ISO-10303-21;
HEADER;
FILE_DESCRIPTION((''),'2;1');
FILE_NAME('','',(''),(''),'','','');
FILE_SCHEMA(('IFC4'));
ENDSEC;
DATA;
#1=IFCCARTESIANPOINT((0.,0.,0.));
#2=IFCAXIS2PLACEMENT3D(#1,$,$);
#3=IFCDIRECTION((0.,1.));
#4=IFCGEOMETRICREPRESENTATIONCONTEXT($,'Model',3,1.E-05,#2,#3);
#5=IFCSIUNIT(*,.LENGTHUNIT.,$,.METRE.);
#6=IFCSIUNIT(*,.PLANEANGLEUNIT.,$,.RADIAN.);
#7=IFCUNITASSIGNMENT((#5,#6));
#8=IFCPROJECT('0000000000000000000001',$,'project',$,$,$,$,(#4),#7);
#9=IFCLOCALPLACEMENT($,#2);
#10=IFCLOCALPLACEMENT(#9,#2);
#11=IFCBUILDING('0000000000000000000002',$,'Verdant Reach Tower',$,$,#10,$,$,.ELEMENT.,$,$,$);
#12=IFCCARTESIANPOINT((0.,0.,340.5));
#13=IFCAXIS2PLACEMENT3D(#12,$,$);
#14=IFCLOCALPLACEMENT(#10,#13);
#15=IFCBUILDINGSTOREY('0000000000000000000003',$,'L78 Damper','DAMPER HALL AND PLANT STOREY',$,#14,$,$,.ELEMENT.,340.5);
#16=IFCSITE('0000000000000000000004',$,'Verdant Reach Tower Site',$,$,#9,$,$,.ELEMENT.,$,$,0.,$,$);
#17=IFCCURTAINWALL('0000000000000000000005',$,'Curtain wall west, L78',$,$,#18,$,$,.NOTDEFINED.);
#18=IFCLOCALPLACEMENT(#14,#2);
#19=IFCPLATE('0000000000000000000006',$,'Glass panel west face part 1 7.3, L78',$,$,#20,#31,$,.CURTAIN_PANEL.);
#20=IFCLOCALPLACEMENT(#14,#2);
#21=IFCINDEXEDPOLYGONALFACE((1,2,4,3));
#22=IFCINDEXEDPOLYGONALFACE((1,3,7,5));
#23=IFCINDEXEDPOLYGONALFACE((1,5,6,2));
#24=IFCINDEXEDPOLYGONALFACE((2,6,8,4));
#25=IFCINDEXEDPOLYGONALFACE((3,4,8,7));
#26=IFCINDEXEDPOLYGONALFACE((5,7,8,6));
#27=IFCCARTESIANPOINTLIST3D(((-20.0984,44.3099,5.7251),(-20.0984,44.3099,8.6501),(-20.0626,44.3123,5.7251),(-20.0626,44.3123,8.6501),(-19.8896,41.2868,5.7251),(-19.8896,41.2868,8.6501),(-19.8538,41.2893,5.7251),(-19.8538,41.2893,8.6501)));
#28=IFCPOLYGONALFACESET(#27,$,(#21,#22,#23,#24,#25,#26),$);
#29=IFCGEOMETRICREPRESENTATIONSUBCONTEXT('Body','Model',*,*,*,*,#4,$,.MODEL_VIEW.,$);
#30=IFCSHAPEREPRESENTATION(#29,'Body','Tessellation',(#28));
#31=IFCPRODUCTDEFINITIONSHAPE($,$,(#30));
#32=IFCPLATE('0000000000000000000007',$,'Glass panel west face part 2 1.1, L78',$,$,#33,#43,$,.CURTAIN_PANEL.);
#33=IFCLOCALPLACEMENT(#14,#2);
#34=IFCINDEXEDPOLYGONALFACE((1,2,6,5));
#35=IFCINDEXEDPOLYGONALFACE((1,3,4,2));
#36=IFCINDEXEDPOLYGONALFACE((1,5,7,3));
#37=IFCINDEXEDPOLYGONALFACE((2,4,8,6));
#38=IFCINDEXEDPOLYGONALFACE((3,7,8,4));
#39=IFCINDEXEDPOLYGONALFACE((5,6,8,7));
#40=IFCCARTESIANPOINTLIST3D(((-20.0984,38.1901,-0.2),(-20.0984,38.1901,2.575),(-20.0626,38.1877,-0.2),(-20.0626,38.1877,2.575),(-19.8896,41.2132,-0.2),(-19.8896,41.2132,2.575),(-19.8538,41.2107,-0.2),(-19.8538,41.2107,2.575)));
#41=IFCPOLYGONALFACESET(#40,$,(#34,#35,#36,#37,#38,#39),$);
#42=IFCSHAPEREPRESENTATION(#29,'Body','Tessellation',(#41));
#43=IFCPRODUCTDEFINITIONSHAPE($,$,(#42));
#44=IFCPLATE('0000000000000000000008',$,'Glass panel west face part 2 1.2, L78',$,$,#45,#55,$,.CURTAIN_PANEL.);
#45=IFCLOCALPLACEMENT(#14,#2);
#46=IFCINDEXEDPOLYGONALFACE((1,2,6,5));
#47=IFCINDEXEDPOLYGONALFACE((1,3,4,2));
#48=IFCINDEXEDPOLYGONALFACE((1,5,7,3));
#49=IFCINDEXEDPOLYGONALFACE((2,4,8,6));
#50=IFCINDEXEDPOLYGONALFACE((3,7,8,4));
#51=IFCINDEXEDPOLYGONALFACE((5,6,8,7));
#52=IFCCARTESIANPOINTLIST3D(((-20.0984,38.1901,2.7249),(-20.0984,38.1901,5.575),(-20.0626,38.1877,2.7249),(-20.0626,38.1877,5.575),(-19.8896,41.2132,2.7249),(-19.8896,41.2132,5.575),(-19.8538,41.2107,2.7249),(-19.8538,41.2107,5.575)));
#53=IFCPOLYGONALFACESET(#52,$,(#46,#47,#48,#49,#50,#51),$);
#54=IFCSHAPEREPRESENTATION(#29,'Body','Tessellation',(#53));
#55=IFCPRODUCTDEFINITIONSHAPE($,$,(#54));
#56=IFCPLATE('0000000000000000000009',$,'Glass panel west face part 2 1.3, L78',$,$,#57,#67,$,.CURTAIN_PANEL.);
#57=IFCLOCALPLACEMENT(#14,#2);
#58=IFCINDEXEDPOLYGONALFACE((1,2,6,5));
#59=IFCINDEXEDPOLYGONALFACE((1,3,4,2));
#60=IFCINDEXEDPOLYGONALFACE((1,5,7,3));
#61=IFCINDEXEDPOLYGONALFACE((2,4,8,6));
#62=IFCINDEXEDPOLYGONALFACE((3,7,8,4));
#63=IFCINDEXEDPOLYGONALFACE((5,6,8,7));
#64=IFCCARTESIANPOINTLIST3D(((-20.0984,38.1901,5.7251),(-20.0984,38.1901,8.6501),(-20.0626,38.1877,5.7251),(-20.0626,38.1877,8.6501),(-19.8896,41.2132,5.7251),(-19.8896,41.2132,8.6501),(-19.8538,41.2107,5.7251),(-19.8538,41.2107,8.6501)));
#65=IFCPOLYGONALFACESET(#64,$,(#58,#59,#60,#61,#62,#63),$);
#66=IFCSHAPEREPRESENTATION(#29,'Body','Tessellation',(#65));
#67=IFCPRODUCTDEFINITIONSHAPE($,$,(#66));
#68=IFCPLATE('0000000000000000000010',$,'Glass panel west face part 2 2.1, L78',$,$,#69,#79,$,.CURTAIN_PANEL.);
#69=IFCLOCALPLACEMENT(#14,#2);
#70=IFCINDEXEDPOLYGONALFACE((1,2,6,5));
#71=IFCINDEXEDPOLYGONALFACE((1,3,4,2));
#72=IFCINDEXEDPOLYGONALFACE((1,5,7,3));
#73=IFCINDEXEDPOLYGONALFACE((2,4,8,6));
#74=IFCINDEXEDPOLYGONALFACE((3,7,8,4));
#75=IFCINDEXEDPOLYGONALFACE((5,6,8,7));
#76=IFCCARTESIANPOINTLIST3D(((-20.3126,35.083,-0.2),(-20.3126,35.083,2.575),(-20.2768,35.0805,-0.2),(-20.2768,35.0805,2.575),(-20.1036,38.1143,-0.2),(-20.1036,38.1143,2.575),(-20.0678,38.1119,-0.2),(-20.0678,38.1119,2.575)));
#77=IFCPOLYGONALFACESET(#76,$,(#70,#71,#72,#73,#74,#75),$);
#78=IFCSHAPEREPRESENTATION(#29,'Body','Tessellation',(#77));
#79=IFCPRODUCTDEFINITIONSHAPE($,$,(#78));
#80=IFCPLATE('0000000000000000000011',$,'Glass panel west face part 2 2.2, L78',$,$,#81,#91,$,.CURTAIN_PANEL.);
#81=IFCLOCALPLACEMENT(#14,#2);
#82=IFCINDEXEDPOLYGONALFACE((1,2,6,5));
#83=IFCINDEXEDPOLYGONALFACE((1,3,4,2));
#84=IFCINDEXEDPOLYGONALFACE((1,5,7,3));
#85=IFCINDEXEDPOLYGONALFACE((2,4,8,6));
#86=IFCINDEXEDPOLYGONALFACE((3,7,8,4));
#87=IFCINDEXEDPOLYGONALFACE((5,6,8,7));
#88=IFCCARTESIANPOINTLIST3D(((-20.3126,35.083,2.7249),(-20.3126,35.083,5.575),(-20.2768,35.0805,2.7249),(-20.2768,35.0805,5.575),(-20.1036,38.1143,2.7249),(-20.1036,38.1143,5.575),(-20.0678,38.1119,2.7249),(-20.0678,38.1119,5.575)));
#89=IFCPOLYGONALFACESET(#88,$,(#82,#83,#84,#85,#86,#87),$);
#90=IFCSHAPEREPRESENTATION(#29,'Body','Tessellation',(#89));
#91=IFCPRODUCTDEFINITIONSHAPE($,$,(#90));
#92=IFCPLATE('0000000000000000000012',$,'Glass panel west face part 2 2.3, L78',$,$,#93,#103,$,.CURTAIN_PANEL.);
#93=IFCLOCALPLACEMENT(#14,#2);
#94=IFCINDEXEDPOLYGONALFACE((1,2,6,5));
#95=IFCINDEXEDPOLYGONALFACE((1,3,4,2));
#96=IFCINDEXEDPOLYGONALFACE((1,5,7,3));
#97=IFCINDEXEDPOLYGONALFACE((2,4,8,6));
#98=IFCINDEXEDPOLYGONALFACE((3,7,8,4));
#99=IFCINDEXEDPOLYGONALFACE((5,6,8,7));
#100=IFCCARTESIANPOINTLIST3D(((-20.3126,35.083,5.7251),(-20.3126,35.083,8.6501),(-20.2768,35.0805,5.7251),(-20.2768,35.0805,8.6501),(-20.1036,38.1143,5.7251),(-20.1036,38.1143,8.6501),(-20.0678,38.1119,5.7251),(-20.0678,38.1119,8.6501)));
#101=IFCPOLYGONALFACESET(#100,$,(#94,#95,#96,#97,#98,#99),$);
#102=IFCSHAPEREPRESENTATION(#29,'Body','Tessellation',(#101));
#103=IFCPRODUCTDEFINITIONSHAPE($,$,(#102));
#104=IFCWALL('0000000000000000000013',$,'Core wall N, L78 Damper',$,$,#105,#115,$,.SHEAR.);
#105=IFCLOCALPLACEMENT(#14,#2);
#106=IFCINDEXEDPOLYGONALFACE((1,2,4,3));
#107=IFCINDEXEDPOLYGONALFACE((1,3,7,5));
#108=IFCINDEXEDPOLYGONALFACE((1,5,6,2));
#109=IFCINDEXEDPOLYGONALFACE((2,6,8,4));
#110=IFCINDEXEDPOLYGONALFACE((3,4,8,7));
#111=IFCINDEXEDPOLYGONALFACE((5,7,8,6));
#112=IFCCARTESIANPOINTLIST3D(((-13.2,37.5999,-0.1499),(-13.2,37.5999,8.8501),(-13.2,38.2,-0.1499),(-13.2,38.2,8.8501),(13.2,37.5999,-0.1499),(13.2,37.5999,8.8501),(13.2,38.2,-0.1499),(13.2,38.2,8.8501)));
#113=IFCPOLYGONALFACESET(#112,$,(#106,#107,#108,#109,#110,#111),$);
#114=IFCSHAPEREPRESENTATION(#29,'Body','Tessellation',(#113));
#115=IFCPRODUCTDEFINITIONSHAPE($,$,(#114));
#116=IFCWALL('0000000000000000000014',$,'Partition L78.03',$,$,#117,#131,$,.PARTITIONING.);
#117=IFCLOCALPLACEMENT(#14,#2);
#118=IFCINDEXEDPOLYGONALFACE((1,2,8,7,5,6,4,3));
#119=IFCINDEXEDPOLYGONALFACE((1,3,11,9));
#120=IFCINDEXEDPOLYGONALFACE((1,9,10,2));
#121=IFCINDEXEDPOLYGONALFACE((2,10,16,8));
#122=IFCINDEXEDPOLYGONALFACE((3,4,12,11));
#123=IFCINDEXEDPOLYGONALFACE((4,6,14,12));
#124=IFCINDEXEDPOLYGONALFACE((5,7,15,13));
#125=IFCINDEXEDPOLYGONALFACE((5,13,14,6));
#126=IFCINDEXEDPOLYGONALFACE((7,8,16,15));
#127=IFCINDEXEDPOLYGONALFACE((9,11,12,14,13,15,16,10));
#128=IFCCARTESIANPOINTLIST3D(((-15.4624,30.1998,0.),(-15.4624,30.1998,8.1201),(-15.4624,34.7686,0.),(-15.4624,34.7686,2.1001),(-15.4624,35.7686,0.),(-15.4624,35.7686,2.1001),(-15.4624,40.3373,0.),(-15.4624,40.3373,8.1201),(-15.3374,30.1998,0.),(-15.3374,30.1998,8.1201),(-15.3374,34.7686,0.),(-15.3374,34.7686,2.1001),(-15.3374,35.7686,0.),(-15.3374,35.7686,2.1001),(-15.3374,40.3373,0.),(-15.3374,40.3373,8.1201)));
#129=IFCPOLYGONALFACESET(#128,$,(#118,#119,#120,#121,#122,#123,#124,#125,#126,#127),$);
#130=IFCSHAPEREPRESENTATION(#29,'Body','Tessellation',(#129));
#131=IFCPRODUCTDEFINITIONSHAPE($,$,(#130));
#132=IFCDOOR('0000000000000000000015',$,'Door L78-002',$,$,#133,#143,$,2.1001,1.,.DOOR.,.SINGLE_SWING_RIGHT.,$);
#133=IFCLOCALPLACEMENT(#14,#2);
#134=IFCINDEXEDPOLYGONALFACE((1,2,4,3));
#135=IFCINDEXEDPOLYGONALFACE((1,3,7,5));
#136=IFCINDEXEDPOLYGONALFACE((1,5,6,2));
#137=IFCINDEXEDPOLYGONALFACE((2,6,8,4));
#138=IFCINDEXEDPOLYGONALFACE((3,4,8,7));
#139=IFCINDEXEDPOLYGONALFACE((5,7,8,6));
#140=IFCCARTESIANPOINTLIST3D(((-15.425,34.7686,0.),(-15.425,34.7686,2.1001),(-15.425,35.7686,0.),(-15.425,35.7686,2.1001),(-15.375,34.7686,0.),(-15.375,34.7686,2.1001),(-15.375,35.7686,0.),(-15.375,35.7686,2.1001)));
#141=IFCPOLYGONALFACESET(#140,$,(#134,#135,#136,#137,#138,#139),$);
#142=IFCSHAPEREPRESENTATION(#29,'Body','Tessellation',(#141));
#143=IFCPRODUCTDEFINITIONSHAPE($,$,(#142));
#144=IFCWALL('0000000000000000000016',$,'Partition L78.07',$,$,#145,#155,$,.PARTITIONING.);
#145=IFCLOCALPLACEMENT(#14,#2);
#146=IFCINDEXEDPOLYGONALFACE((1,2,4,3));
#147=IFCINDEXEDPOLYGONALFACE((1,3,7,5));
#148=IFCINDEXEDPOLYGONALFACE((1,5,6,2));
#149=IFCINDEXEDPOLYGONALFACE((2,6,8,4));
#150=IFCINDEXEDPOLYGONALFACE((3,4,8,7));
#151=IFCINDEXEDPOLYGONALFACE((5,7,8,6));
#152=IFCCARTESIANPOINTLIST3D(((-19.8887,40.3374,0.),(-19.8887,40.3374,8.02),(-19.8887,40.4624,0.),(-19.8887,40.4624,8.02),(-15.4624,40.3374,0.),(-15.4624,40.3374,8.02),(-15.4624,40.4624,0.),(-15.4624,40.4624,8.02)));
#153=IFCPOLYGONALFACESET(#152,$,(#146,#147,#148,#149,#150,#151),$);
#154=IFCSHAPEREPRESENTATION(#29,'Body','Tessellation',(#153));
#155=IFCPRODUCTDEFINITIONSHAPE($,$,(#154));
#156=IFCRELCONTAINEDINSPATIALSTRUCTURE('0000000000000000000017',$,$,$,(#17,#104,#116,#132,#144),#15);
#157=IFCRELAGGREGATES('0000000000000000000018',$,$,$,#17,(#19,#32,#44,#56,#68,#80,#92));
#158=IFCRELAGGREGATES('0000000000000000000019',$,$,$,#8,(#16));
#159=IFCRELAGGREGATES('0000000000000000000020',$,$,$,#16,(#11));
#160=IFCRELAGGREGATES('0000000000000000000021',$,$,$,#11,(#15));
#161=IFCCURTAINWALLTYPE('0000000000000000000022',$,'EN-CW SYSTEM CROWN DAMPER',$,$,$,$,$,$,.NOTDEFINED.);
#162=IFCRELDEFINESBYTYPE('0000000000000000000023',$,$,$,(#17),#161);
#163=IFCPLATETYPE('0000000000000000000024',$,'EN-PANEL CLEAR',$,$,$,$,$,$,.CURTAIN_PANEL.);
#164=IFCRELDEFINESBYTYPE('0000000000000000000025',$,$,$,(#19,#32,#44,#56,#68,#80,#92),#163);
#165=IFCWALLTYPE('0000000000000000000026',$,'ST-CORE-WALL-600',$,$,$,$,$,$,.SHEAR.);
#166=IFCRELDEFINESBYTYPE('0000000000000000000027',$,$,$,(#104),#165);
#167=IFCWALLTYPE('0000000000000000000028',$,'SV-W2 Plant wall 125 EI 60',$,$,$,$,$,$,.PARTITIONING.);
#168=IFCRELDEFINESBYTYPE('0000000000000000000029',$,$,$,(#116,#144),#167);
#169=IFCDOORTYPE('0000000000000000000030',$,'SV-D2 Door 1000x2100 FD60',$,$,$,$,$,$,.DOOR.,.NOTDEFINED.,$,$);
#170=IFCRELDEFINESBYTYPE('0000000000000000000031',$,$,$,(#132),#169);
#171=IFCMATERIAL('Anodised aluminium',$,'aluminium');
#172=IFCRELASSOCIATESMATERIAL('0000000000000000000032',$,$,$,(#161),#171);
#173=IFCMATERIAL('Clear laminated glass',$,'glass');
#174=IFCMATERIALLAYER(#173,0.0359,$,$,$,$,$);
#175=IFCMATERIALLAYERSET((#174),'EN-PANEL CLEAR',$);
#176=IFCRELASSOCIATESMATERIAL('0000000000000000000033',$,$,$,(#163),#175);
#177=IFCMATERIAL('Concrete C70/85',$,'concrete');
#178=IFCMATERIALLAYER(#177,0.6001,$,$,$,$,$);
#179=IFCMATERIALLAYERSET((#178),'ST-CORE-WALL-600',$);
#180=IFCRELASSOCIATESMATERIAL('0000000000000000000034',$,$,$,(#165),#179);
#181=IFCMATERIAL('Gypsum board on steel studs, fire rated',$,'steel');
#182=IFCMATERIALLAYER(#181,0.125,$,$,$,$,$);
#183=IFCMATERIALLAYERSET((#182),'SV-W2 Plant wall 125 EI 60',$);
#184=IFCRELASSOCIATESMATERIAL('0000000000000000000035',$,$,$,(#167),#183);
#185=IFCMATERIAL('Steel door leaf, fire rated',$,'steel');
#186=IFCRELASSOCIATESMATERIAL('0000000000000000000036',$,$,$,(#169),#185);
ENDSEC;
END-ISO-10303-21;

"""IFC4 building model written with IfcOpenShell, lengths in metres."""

from ifc_helpers import new_model, si_unit, direction, frame, frame_2d, origin, origin_2d, place, context, subcontext, project, spatial, rectangle, extrude, material, layer, layer_set, type_object, element, fill, aggregate, save


model = new_model("IFC4")

# Units and contexts
model_context = context("Model", 3, precision=1e-05, world=origin(), true_north=direction((0.0, 1.0)))
body_context = subcontext(model_context, "Body", "Model", "MODEL_VIEW")
ifc_project = project(units=[si_unit("LENGTHUNIT", "METRE"), si_unit("PLANEANGLEUNIT", "RADIAN")], contexts=[model_context])

# Site, building, storey
site_placement = place(None, origin())
site = spatial("IfcSite", under=ifc_project, at=site_placement, Name="Verdant Reach Tower Site", CompositionType="ELEMENT", RefElevation=0.0)
building_placement = place(site_placement, origin())
building = spatial("IfcBuilding", under=site, at=building_placement, Name="Verdant Reach Tower", CompositionType="ELEMENT")
storey_placement = place(building_placement, frame((0.0, 0.0, 340.5)))
storey = spatial("IfcBuildingStorey", under=building, at=storey_placement, Name="L78 Damper", Description="DAMPER HALL AND PLANT STOREY", CompositionType="ELEMENT", Elevation=340.5)

# Curtain wall
ifc_material_1 = material(Name="Anodised aluminium", Category="aluminium")
curtain_wall_type = type_object("IfcCurtainWallType", Name="EN-CW SYSTEM CROWN DAMPER", PredefinedType="NOTDEFINED", material=ifc_material_1)
curtain_wall_placement = place(storey_placement, origin())
curtain_wall = element("IfcCurtainWall", 1, at=curtain_wall_placement, inside=storey, type_object=curtain_wall_type, Name="Curtain wall west, L78", PredefinedType="NOTDEFINED")

# Plates
ifc_material_2 = material(Name="Clear laminated glass", Category="glass")
ifc_layer_1 = layer(ifc_material_2, 0.0359)
ifc_layer_set_1 = layer_set([ifc_layer_1], Name="EN-PANEL CLEAR")
plate_type = type_object("IfcPlateType", Name="EN-PANEL CLEAR", PredefinedType="CURTAIN_PANEL", material=ifc_layer_set_1)
plate_1_placement = place(storey_placement, frame((-19.9761, 42.7996, 5.7251), z_axis=(0.0, 0.0, 1.0), x_axis=(0.068893, -0.997624, 0.0)))
plate_1 = element("IfcPlate", 2, at=plate_1_placement, type_object=plate_type, Name="Glass panel west face part 1 7.3, L78", PredefinedType="CURTAIN_PANEL", context=body_context, shape_type="SweptSolid", body=[
    extrude(rectangle(XDim=3.0303, YDim=0.0359, at=origin_2d()), origin(), (0.0, 0.0, 1.0), 2.925),
])
plate_2_placement = place(storey_placement, frame((-19.9761, 39.7004, -0.2), z_axis=(0.0, 0.0, 1.0), x_axis=(-0.068893, -0.997624, 0.0)))
plate_2 = element("IfcPlate", 3, at=plate_2_placement, type_object=plate_type, Name="Glass panel west face part 2 1.1, L78", PredefinedType="CURTAIN_PANEL", context=body_context, shape_type="SweptSolid", body=[
    extrude(rectangle(XDim=3.0303, YDim=0.0359, at=origin_2d()), origin(), (0.0, 0.0, 1.0), 2.7749),
])
plate_3_placement = place(storey_placement, frame((-19.9761, 39.7004, 2.7249), z_axis=(0.0, 0.0, 1.0), x_axis=(-0.068893, -0.997624, 0.0)))
plate_3 = element("IfcPlate", 4, at=plate_3_placement, type_object=plate_type, Name="Glass panel west face part 2 1.2, L78", PredefinedType="CURTAIN_PANEL", context=body_context, shape_type="SweptSolid", body=[
    extrude(rectangle(XDim=3.0303, YDim=0.0359, at=origin_2d()), origin(), (0.0, 0.0, 1.0), 2.8501),
])
plate_4_placement = place(storey_placement, frame((-19.9761, 39.7004, 5.7251), z_axis=(0.0, 0.0, 1.0), x_axis=(-0.068893, -0.997624, 0.0)))
plate_4 = element("IfcPlate", 5, at=plate_4_placement, type_object=plate_type, Name="Glass panel west face part 2 1.3, L78", PredefinedType="CURTAIN_PANEL", context=body_context, shape_type="SweptSolid", body=[
    extrude(rectangle(XDim=3.0303, YDim=0.0359, at=origin_2d()), origin(), (0.0, 0.0, 1.0), 2.925),
])
plate_5_placement = place(storey_placement, frame((-20.1902, 36.5974, -0.2), z_axis=(0.0, 0.0, 1.0), x_axis=(-0.068802, -0.99763, 0.0)))
plate_5 = element("IfcPlate", 6, at=plate_5_placement, type_object=plate_type, Name="Glass panel west face part 2 2.1, L78", PredefinedType="CURTAIN_PANEL", context=body_context, shape_type="SweptSolid", body=[
    extrude(rectangle(XDim=3.0386, YDim=0.0359, at=origin_2d()), origin(), (0.0, 0.0, 1.0), 2.7749),
])
plate_6_placement = place(storey_placement, frame((-20.1902, 36.5974, 2.7249), z_axis=(0.0, 0.0, 1.0), x_axis=(-0.068802, -0.99763, 0.0)))
plate_6 = element("IfcPlate", 7, at=plate_6_placement, type_object=plate_type, Name="Glass panel west face part 2 2.2, L78", PredefinedType="CURTAIN_PANEL", context=body_context, shape_type="SweptSolid", body=[
    extrude(rectangle(XDim=3.0386, YDim=0.0359, at=origin_2d()), origin(), (0.0, 0.0, 1.0), 2.8501),
])
plate_7_placement = place(storey_placement, frame((-20.1902, 36.5974, 5.7251), z_axis=(0.0, 0.0, 1.0), x_axis=(-0.068802, -0.99763, 0.0)))
plate_7 = element("IfcPlate", 8, at=plate_7_placement, type_object=plate_type, Name="Glass panel west face part 2 2.3, L78", PredefinedType="CURTAIN_PANEL", context=body_context, shape_type="SweptSolid", body=[
    extrude(rectangle(XDim=3.0386, YDim=0.0359, at=origin_2d()), origin(), (0.0, 0.0, 1.0), 2.925),
])
aggregate(curtain_wall, [plate_1, plate_2, plate_3, plate_4, plate_5, plate_6, plate_7])

# Wall
ifc_material_3 = material(Name="Concrete C70/85", Category="concrete")
ifc_layer_2 = layer(ifc_material_3, 0.6001)
ifc_layer_set_2 = layer_set([ifc_layer_2], Name="ST-CORE-WALL-600")
wall_type_1 = type_object("IfcWallType", Name="ST-CORE-WALL-600", PredefinedType="SHEAR", material=ifc_layer_set_2)
wall_1_placement = place(storey_placement, frame((-13.2, 37.8999, -0.1499), z_axis=(0.0, 0.0, 1.0), x_axis=(1.0, 0.0, 0.0)))
element("IfcWall", 9, at=wall_1_placement, inside=storey, type_object=wall_type_1, Name="Core wall N, L78 Damper", PredefinedType="SHEAR", context=body_context, shape_type="SweptSolid", body=[
    extrude(rectangle(XDim=26.3999, YDim=0.6001, at=frame_2d((13.2, 0.0))), origin(), (0.0, 0.0, 1.0), 9.0),
])

# Wall, opening, door
ifc_material_4 = material(Name="Gypsum board on steel studs, fire rated", Category="steel")
ifc_layer_3 = layer(ifc_material_4, 0.125)
ifc_layer_set_3 = layer_set([ifc_layer_3], Name="SV-W2 Plant wall 125 EI 60")
wall_type_2 = type_object("IfcWallType", Name="SV-W2 Plant wall 125 EI 60", PredefinedType="PARTITIONING", material=ifc_layer_set_3)
wall_2_placement = place(storey_placement, frame((-15.3999, 40.3374, 0.0), z_axis=(0.0, 0.0, 1.0), x_axis=(0.0, -1.0, 0.0)))
wall_2 = element("IfcWall", 10, at=wall_2_placement, inside=storey, type_object=wall_type_2, Name="Partition L78.03", PredefinedType="PARTITIONING", context=body_context, shape_type="SweptSolid", body=[
    extrude(rectangle(XDim=10.1375, YDim=0.125, at=frame_2d((5.0688, 0.0))), origin(), (0.0, 0.0, 1.0), 8.1201),
])
opening_placement = place(wall_2_placement, frame((4.5688, 0.0, 0.0)))
opening = element("IfcOpeningElement", 11, at=opening_placement, cuts=wall_2, PredefinedType="OPENING", context=body_context, shape_type="SweptSolid", body=[
    extrude(rectangle(XDim=1.0, YDim=2.1001, at=frame_2d((0.5, 1.05))), frame((0.0, 0.0725, 0.0), z_axis=(0.0, -1.0, 0.0), x_axis=(1.0, 0.0, 0.0)), (0.0, 0.0, 1.0), 0.145),
])
ifc_material_5 = material(Name="Steel door leaf, fire rated", Category="steel")
door_type = type_object("IfcDoorType", Name="SV-D2 Door 1000x2100 FD60", OperationType="NOTDEFINED", PredefinedType="DOOR", material=ifc_material_5)
door_placement = place(opening_placement, origin())
door = element("IfcDoor", 12, at=door_placement, inside=storey, type_object=door_type, Name="Door L78-002", OperationType="SINGLE_SWING_RIGHT", OverallHeight=2.1001, OverallWidth=1.0, PredefinedType="DOOR", context=body_context, shape_type="SweptSolid", body=[
    extrude(rectangle(XDim=1.0, YDim=2.1001, at=frame_2d((0.5, 1.05))), frame((0.0, 0.0249, 0.0), z_axis=(0.0, -1.0, 0.0), x_axis=(1.0, 0.0, 0.0)), (0.0, 0.0, 1.0), 0.05),
])
fill(opening, door)

# Wall
wall_3_placement = place(storey_placement, frame((-15.4624, 40.3999, 0.0), z_axis=(0.0, 0.0, 1.0), x_axis=(-1.0, 0.0, 0.0)))
element("IfcWall", 13, at=wall_3_placement, inside=storey, type_object=wall_type_2, Name="Partition L78.07", PredefinedType="PARTITIONING", context=body_context, shape_type="SweptSolid", body=[
    extrude(rectangle(XDim=4.4263, YDim=0.125, at=frame_2d((2.2131, 0.0))), origin(), (0.0, 0.0, 1.0), 8.02),
])

save(model, "model.ifc")
